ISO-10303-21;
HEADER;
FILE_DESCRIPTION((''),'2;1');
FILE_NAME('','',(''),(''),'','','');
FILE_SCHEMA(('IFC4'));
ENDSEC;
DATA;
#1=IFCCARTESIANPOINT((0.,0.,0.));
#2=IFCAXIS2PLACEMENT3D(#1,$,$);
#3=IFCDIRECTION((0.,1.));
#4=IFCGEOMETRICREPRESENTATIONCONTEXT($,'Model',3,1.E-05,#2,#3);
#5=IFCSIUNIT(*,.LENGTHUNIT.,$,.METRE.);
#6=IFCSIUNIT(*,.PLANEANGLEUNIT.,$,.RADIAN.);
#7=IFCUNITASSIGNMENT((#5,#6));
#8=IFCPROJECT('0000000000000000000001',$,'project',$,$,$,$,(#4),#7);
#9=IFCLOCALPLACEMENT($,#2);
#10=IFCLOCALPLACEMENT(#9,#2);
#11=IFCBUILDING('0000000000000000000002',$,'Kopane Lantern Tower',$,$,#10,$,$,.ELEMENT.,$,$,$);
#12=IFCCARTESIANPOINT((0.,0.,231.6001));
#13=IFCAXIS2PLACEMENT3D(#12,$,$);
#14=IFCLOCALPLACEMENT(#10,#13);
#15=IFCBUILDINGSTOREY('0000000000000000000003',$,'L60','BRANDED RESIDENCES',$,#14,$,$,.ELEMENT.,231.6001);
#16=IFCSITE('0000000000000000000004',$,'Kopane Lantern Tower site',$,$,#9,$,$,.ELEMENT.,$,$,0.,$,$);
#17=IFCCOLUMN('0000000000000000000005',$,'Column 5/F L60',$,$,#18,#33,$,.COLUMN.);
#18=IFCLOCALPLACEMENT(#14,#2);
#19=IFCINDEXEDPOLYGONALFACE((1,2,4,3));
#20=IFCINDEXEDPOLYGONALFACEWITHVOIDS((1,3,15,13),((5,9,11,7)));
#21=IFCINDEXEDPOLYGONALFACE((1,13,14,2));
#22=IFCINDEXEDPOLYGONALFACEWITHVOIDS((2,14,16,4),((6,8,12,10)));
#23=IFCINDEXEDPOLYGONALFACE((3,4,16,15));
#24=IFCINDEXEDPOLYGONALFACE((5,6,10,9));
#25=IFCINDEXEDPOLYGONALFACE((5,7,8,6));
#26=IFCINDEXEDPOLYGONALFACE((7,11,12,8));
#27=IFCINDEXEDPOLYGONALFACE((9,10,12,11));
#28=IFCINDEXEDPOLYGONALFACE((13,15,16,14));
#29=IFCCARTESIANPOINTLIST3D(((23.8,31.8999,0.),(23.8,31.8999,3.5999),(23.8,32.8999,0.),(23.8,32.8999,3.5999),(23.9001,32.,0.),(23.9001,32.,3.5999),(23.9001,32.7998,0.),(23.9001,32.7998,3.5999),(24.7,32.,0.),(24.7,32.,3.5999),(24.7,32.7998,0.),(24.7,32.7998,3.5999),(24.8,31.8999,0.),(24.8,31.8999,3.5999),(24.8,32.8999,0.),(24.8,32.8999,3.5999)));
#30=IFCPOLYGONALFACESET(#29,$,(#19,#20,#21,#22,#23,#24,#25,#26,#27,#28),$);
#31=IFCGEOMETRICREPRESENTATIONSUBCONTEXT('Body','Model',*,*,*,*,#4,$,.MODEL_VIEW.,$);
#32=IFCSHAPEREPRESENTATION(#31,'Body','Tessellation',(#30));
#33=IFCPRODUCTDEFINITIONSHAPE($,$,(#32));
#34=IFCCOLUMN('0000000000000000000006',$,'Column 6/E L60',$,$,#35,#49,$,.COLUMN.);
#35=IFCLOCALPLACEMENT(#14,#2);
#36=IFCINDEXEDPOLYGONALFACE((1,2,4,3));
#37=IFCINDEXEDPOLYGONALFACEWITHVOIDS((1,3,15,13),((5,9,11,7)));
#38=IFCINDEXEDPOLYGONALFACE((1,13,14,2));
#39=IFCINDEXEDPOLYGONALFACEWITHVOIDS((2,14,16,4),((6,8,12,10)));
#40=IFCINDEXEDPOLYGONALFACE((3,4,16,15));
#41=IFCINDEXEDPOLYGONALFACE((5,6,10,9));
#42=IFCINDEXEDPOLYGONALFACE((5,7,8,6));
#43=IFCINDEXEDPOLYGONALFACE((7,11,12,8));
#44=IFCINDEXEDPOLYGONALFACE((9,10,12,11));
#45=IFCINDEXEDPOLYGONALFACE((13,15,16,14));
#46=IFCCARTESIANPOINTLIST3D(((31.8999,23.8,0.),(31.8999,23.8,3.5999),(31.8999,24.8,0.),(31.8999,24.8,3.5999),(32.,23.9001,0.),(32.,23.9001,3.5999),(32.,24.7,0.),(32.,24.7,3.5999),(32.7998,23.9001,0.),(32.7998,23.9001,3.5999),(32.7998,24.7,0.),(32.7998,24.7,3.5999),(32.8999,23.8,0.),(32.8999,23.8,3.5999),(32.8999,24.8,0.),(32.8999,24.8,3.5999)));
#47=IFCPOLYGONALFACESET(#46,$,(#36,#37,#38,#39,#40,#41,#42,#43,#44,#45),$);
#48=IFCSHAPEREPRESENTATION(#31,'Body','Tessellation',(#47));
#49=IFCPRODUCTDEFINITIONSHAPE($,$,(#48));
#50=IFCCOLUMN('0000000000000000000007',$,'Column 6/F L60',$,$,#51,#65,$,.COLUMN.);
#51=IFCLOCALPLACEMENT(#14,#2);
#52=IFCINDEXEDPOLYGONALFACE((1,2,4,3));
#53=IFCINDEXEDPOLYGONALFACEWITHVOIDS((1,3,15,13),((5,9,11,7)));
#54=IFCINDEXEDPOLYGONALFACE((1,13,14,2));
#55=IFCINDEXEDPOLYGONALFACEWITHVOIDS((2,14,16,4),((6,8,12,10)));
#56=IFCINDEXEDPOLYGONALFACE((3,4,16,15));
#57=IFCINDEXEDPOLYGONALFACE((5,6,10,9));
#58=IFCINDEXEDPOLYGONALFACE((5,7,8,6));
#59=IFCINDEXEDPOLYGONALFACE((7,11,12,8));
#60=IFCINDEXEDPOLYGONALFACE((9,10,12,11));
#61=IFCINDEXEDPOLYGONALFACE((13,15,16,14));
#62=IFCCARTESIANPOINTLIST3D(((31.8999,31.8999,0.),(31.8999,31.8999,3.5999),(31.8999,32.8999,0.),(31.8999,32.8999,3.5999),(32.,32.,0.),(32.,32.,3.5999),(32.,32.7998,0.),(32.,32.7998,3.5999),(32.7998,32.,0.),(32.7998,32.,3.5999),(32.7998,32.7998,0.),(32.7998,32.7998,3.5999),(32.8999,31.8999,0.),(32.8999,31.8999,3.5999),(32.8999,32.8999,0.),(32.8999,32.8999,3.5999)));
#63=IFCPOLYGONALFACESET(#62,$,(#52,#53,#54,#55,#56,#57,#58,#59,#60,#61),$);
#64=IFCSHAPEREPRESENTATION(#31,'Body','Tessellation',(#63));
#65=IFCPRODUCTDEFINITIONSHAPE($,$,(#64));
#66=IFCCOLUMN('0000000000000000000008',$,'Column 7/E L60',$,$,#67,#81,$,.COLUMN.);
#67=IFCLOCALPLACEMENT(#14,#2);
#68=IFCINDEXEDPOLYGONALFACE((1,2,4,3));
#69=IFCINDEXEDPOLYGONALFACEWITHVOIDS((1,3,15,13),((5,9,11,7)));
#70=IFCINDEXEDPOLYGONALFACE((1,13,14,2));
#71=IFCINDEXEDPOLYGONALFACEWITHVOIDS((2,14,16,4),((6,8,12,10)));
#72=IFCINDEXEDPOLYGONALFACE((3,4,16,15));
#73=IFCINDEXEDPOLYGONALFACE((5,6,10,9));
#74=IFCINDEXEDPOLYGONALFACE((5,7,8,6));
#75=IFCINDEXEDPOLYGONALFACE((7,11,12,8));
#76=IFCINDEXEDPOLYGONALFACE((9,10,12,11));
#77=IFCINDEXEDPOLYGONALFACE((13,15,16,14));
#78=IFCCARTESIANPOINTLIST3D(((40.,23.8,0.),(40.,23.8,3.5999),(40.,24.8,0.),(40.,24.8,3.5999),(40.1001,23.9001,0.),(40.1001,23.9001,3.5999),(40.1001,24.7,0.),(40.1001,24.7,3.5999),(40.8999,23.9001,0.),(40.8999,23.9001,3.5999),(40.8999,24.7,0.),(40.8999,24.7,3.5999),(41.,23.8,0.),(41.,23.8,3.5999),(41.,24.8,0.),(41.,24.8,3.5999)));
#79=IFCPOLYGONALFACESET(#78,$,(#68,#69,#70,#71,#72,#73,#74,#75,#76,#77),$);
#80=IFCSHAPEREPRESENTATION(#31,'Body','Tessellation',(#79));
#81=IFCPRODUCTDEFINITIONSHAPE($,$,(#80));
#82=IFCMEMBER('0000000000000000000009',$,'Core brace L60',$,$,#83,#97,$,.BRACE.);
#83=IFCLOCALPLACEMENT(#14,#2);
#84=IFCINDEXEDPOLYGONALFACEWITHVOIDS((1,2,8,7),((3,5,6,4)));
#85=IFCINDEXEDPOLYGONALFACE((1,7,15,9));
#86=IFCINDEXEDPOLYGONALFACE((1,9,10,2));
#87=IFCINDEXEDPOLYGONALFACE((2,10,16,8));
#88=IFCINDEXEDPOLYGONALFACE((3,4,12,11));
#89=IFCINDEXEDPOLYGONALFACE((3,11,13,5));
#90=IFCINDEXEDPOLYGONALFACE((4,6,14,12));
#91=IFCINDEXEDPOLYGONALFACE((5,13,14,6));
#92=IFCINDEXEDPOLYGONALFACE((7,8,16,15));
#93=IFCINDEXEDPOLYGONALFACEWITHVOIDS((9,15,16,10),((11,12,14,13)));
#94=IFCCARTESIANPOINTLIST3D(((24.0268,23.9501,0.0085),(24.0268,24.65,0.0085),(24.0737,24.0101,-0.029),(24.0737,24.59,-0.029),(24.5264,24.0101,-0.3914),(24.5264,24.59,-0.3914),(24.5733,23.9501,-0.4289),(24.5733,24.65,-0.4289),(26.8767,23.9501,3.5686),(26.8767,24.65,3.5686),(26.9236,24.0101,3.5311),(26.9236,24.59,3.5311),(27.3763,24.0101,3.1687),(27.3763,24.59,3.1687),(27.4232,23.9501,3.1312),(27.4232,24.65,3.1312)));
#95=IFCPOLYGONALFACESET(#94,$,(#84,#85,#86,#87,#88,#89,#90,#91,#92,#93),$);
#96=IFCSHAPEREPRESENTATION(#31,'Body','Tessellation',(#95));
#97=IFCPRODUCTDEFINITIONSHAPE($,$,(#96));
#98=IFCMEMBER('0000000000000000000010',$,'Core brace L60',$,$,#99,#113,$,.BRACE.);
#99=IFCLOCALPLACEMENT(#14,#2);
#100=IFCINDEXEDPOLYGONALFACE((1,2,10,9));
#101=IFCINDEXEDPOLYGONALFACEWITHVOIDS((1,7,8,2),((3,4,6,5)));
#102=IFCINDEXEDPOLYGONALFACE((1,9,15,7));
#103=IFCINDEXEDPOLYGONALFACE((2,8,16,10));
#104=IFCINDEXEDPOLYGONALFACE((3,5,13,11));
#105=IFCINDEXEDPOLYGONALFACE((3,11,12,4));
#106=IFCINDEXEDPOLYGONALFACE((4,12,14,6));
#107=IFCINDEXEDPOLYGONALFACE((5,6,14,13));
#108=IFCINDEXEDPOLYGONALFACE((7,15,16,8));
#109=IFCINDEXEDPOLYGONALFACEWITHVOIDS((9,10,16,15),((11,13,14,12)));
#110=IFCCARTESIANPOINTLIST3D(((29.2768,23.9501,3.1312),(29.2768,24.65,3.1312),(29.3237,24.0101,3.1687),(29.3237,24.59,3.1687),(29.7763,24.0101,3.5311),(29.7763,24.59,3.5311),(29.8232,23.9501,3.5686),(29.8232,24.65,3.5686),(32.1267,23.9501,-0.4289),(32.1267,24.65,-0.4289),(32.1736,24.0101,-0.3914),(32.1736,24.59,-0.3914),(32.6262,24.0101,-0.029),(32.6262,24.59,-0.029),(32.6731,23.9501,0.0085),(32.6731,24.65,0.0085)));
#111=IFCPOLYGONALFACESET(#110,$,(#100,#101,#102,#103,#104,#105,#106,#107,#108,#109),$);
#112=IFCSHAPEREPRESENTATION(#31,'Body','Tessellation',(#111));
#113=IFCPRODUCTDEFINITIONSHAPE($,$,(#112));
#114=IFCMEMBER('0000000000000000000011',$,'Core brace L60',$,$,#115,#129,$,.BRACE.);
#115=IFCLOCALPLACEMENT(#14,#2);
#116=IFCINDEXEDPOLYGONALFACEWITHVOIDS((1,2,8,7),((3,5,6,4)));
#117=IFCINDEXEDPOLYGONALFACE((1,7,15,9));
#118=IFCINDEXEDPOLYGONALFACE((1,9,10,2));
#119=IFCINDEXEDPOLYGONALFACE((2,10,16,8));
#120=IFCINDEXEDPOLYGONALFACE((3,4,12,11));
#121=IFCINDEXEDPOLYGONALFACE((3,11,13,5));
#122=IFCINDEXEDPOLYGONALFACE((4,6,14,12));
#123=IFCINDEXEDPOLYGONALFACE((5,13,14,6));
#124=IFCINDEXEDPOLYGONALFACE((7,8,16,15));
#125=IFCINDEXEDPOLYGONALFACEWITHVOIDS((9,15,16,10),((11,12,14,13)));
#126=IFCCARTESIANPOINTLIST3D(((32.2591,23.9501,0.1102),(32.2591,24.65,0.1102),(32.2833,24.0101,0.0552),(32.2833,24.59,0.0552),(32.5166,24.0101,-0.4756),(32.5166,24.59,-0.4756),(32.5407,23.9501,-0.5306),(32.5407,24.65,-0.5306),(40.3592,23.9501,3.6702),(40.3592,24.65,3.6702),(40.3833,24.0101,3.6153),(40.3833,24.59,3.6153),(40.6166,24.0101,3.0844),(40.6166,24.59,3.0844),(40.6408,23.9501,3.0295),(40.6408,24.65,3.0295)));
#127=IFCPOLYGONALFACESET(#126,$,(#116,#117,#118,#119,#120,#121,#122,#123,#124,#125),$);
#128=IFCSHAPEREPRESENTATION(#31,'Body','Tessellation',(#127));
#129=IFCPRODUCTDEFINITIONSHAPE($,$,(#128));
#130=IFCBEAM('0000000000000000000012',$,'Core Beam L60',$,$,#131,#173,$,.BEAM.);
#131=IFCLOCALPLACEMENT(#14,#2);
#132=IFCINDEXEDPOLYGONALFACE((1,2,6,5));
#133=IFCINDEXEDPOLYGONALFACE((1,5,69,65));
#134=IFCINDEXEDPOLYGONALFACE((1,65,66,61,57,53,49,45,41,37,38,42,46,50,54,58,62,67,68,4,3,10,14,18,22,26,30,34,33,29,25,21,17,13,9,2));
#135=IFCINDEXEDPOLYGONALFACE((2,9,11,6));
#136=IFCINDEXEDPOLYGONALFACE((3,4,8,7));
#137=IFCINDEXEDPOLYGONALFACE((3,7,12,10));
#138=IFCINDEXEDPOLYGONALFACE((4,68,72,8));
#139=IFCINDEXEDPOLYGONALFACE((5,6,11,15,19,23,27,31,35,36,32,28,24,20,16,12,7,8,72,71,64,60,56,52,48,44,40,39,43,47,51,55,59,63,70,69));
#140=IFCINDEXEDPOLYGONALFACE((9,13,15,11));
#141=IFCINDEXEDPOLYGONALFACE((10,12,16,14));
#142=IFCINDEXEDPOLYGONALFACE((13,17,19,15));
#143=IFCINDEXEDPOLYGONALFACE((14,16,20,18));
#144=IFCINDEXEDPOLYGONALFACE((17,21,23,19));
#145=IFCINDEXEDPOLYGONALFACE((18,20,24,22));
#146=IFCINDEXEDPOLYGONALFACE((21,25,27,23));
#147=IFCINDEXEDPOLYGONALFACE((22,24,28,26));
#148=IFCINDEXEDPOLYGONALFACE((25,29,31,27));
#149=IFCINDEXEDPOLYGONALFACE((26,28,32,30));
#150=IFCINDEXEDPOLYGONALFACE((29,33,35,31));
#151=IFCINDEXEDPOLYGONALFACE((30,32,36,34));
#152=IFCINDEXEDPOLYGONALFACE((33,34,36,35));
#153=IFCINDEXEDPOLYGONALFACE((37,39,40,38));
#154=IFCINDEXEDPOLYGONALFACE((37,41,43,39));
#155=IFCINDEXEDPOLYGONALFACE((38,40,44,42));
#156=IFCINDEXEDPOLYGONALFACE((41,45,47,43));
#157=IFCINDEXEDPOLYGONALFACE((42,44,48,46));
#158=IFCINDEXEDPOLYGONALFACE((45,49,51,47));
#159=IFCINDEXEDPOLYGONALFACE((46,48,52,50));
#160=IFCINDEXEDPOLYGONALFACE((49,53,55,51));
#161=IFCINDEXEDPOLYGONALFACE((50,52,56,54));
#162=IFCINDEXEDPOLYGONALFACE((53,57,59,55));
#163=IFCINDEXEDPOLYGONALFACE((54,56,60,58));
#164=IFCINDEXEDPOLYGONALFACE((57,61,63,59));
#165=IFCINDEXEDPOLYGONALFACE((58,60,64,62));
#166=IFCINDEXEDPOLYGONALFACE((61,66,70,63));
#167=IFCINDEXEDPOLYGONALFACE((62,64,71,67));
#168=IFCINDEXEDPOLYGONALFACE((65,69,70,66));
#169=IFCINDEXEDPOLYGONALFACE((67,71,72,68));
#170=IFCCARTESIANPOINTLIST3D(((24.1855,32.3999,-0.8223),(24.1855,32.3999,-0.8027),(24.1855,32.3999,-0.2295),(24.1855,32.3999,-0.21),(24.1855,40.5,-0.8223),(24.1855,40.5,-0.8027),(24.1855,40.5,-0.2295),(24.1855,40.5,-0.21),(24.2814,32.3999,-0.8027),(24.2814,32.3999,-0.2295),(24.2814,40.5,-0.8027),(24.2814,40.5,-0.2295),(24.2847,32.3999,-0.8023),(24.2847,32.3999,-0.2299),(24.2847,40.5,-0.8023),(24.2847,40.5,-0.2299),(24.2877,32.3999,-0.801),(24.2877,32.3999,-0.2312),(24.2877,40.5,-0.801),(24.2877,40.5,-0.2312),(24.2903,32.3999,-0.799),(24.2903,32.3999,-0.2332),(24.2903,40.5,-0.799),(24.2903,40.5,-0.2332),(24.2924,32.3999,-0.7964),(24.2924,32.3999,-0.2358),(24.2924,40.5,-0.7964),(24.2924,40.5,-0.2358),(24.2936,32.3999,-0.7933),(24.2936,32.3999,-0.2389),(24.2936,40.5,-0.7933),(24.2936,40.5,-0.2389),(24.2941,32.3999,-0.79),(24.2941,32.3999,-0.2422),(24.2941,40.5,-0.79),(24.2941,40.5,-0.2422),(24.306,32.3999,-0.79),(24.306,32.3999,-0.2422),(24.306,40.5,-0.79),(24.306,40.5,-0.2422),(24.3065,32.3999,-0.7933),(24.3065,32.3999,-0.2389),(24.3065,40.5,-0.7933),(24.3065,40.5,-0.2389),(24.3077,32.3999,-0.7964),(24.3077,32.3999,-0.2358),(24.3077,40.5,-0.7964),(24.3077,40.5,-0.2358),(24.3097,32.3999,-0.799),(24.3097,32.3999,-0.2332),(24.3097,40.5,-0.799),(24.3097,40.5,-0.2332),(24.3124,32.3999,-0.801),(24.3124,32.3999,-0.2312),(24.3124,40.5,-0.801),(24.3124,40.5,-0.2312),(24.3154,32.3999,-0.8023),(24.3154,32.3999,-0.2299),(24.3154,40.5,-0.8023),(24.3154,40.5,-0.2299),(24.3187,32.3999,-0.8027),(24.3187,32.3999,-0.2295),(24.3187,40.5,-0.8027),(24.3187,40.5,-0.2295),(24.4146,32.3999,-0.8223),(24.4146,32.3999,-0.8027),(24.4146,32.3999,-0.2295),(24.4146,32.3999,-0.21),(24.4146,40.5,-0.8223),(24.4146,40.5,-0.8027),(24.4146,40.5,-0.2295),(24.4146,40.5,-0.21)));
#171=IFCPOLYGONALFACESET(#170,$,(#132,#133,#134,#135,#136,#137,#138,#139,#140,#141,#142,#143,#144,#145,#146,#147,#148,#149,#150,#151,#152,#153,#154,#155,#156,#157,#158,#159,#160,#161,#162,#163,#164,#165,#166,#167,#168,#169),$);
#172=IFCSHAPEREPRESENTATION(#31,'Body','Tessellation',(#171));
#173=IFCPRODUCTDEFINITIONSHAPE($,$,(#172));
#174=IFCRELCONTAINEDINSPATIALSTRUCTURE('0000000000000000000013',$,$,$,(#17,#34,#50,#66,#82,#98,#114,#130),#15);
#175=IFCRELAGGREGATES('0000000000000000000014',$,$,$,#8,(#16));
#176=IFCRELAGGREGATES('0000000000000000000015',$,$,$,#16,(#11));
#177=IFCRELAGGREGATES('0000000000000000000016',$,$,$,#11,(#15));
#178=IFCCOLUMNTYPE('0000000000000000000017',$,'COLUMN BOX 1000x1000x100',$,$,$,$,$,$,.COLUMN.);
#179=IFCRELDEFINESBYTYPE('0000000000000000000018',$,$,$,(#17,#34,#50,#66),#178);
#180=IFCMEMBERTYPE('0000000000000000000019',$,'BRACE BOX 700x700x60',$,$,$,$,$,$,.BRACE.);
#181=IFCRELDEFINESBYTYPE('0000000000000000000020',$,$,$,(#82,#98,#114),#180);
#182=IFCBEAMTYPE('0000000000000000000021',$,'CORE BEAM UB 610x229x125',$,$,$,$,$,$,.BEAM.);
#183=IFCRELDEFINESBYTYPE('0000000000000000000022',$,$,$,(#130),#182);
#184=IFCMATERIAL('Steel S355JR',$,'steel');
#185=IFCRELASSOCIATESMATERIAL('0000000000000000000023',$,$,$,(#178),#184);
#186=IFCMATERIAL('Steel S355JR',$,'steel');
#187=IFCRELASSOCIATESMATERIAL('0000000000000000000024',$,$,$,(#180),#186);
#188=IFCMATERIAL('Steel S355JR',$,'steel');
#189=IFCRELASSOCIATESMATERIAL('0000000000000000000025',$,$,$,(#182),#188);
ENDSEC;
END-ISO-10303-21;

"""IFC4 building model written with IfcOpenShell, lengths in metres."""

from ifc_helpers import new_model, si_unit, direction, frame, origin, origin_2d, place, context, subcontext, project, spatial, hollow_rectangle, i_section, extrude, material, material_profile, profile_set, type_object, element, save


model = new_model("IFC4")

# Units and contexts
model_context = context("Model", 3, precision=1e-05, world=origin(), true_north=direction((0.0, 1.0)))
body_context = subcontext(model_context, "Body", "Model", "MODEL_VIEW")
ifc_project = project(units=[si_unit("LENGTHUNIT", "METRE"), si_unit("PLANEANGLEUNIT", "RADIAN")], contexts=[model_context])

# Site, building, storey
site_placement = place(None, origin())
site = spatial("IfcSite", under=ifc_project, at=site_placement, Name="Kopane Lantern Tower site", CompositionType="ELEMENT", RefElevation=0.0)
building_placement = place(site_placement, origin())
building = spatial("IfcBuilding", under=site, at=building_placement, Name="Kopane Lantern Tower", CompositionType="ELEMENT")
storey_placement = place(building_placement, frame((0.0, 0.0, 231.6001)))
storey = spatial("IfcBuildingStorey", under=building, at=storey_placement, Name="L60", Description="BRANDED RESIDENCES", CompositionType="ELEMENT", Elevation=231.6001)

# Columns
ifc_material_1 = material(Name="Steel S355JR", Category="steel")
ifc_material_profile_1 = material_profile(ifc_material_1, hollow_rectangle(XDim=1.0, YDim=1.0, WallThickness=0.1001, at=origin_2d()), Name="BOX 1000x1000x100")
ifc_profile_set_1 = profile_set([ifc_material_profile_1], Name="Steel S355JR")
column_type = type_object("IfcColumnType", Name="COLUMN BOX 1000x1000x100", PredefinedType="COLUMN", material=ifc_profile_set_1)
for number, where, z_axis, x_axis, name in (
    (1, (24.3, 32.3999, 0.0), (0.0, 0.0, 1.0), (1.0, 0.0, 0.0), "Column 5/F L60"),
    (2, (32.3999, 24.3, 0.0), (0.0, 0.0, 1.0), (1.0, 0.0, 0.0), "Column 6/E L60"),
    (3, (32.3999, 32.3999, 0.0), (0.0, 0.0, 1.0), (1.0, 0.0, 0.0), "Column 6/F L60"),
    (4, (40.5, 24.3, 0.0), (0.0, 0.0, 1.0), (1.0, 0.0, 0.0), "Column 7/E L60"),
):
    element("IfcColumn", number, at=place(storey_placement, frame(where, z_axis=z_axis, x_axis=x_axis)), inside=storey, type_object=column_type, Name=name, PredefinedType="COLUMN", context=body_context, shape_type="SweptSolid", body=[
        extrude(hollow_rectangle(XDim=1.0, YDim=1.0, WallThickness=0.1001, at=origin_2d()), origin(), (0.0, 0.0, 1.0), 3.5999),
    ])

# Members
ifc_material_2 = material(Name="Steel S355JR", Category="steel")
ifc_material_profile_2 = material_profile(ifc_material_2, hollow_rectangle(XDim=0.7, YDim=0.7, WallThickness=0.0601, at=origin_2d()), Name="BOX 700x700x60")
ifc_profile_set_2 = profile_set([ifc_material_profile_2], Name="Steel S355JR")
member_type = type_object("IfcMemberType", Name="BRACE BOX 700x700x60", PredefinedType="BRACE", material=ifc_profile_set_2)
for number, where, z_axis, x_axis, name in (
    (5, (24.3, 24.3, -0.2102), (0.624937, 0.0, 0.780676), (0.0, 1.0, 0.0), "Core brace L60"),
    (6, (32.3999, 24.3, -0.2102), (-0.624937, 0.0, 0.780676), (0.0, -1.0, 0.0), "Core brace L60"),
):
    element("IfcMember", number, at=place(storey_placement, frame(where, z_axis=z_axis, x_axis=x_axis)), inside=storey, type_object=member_type, Name=name, PredefinedType="BRACE", context=body_context, shape_type="SweptSolid", body=[
        extrude(hollow_rectangle(XDim=0.7, YDim=0.7, WallThickness=0.0601, at=origin_2d()), origin(), (0.0, 0.0, 1.0), 4.5603),
    ])
member_placement = place(storey_placement, frame((32.3999, 24.3, -0.2102), z_axis=(0.915481, 0.0, 0.402361), x_axis=(0.0, 1.0, 0.0)))
element("IfcMember", 7, at=member_placement, inside=storey, type_object=member_type, Name="Core brace L60", PredefinedType="BRACE", context=body_context, shape_type="SweptSolid", body=[
    extrude(hollow_rectangle(XDim=0.7, YDim=0.7, WallThickness=0.0601, at=origin_2d()), origin(), (0.0, 0.0, 1.0), 8.8479),
])

# Beam
ifc_material_3 = material(Name="Steel S355JR", Category="steel")
ifc_material_profile_3 = material_profile(ifc_material_3, i_section(OverallWidth=0.229, OverallDepth=0.6123, WebThickness=0.012, FlangeThickness=0.0195, FilletRadius=0.0127, at=origin_2d()), Name="UB 610x229x125")
ifc_profile_set_3 = profile_set([ifc_material_profile_3], Name="Steel S355JR")
beam_type_1 = type_object("IfcBeamType", Name="CORE BEAM UB 610x229x125", PredefinedType="BEAM", material=ifc_profile_set_3)
beam_1_placement = place(storey_placement, frame((24.3, 32.3999, -0.5161), z_axis=(0.0, 1.0, 0.0), x_axis=(-1.0, 0.0, 0.0)))
element("IfcBeam", 8, at=beam_1_placement, inside=storey, type_object=beam_type_1, Name="Core Beam L60", PredefinedType="BEAM", context=body_context, shape_type="SweptSolid", body=[
    extrude(i_section(OverallWidth=0.229, OverallDepth=0.6123, WebThickness=0.012, FlangeThickness=0.0195, FilletRadius=0.0127, at=origin_2d()), origin(), (0.0, 0.0, 1.0), 8.1001),
])

save(model, "model.ifc")
